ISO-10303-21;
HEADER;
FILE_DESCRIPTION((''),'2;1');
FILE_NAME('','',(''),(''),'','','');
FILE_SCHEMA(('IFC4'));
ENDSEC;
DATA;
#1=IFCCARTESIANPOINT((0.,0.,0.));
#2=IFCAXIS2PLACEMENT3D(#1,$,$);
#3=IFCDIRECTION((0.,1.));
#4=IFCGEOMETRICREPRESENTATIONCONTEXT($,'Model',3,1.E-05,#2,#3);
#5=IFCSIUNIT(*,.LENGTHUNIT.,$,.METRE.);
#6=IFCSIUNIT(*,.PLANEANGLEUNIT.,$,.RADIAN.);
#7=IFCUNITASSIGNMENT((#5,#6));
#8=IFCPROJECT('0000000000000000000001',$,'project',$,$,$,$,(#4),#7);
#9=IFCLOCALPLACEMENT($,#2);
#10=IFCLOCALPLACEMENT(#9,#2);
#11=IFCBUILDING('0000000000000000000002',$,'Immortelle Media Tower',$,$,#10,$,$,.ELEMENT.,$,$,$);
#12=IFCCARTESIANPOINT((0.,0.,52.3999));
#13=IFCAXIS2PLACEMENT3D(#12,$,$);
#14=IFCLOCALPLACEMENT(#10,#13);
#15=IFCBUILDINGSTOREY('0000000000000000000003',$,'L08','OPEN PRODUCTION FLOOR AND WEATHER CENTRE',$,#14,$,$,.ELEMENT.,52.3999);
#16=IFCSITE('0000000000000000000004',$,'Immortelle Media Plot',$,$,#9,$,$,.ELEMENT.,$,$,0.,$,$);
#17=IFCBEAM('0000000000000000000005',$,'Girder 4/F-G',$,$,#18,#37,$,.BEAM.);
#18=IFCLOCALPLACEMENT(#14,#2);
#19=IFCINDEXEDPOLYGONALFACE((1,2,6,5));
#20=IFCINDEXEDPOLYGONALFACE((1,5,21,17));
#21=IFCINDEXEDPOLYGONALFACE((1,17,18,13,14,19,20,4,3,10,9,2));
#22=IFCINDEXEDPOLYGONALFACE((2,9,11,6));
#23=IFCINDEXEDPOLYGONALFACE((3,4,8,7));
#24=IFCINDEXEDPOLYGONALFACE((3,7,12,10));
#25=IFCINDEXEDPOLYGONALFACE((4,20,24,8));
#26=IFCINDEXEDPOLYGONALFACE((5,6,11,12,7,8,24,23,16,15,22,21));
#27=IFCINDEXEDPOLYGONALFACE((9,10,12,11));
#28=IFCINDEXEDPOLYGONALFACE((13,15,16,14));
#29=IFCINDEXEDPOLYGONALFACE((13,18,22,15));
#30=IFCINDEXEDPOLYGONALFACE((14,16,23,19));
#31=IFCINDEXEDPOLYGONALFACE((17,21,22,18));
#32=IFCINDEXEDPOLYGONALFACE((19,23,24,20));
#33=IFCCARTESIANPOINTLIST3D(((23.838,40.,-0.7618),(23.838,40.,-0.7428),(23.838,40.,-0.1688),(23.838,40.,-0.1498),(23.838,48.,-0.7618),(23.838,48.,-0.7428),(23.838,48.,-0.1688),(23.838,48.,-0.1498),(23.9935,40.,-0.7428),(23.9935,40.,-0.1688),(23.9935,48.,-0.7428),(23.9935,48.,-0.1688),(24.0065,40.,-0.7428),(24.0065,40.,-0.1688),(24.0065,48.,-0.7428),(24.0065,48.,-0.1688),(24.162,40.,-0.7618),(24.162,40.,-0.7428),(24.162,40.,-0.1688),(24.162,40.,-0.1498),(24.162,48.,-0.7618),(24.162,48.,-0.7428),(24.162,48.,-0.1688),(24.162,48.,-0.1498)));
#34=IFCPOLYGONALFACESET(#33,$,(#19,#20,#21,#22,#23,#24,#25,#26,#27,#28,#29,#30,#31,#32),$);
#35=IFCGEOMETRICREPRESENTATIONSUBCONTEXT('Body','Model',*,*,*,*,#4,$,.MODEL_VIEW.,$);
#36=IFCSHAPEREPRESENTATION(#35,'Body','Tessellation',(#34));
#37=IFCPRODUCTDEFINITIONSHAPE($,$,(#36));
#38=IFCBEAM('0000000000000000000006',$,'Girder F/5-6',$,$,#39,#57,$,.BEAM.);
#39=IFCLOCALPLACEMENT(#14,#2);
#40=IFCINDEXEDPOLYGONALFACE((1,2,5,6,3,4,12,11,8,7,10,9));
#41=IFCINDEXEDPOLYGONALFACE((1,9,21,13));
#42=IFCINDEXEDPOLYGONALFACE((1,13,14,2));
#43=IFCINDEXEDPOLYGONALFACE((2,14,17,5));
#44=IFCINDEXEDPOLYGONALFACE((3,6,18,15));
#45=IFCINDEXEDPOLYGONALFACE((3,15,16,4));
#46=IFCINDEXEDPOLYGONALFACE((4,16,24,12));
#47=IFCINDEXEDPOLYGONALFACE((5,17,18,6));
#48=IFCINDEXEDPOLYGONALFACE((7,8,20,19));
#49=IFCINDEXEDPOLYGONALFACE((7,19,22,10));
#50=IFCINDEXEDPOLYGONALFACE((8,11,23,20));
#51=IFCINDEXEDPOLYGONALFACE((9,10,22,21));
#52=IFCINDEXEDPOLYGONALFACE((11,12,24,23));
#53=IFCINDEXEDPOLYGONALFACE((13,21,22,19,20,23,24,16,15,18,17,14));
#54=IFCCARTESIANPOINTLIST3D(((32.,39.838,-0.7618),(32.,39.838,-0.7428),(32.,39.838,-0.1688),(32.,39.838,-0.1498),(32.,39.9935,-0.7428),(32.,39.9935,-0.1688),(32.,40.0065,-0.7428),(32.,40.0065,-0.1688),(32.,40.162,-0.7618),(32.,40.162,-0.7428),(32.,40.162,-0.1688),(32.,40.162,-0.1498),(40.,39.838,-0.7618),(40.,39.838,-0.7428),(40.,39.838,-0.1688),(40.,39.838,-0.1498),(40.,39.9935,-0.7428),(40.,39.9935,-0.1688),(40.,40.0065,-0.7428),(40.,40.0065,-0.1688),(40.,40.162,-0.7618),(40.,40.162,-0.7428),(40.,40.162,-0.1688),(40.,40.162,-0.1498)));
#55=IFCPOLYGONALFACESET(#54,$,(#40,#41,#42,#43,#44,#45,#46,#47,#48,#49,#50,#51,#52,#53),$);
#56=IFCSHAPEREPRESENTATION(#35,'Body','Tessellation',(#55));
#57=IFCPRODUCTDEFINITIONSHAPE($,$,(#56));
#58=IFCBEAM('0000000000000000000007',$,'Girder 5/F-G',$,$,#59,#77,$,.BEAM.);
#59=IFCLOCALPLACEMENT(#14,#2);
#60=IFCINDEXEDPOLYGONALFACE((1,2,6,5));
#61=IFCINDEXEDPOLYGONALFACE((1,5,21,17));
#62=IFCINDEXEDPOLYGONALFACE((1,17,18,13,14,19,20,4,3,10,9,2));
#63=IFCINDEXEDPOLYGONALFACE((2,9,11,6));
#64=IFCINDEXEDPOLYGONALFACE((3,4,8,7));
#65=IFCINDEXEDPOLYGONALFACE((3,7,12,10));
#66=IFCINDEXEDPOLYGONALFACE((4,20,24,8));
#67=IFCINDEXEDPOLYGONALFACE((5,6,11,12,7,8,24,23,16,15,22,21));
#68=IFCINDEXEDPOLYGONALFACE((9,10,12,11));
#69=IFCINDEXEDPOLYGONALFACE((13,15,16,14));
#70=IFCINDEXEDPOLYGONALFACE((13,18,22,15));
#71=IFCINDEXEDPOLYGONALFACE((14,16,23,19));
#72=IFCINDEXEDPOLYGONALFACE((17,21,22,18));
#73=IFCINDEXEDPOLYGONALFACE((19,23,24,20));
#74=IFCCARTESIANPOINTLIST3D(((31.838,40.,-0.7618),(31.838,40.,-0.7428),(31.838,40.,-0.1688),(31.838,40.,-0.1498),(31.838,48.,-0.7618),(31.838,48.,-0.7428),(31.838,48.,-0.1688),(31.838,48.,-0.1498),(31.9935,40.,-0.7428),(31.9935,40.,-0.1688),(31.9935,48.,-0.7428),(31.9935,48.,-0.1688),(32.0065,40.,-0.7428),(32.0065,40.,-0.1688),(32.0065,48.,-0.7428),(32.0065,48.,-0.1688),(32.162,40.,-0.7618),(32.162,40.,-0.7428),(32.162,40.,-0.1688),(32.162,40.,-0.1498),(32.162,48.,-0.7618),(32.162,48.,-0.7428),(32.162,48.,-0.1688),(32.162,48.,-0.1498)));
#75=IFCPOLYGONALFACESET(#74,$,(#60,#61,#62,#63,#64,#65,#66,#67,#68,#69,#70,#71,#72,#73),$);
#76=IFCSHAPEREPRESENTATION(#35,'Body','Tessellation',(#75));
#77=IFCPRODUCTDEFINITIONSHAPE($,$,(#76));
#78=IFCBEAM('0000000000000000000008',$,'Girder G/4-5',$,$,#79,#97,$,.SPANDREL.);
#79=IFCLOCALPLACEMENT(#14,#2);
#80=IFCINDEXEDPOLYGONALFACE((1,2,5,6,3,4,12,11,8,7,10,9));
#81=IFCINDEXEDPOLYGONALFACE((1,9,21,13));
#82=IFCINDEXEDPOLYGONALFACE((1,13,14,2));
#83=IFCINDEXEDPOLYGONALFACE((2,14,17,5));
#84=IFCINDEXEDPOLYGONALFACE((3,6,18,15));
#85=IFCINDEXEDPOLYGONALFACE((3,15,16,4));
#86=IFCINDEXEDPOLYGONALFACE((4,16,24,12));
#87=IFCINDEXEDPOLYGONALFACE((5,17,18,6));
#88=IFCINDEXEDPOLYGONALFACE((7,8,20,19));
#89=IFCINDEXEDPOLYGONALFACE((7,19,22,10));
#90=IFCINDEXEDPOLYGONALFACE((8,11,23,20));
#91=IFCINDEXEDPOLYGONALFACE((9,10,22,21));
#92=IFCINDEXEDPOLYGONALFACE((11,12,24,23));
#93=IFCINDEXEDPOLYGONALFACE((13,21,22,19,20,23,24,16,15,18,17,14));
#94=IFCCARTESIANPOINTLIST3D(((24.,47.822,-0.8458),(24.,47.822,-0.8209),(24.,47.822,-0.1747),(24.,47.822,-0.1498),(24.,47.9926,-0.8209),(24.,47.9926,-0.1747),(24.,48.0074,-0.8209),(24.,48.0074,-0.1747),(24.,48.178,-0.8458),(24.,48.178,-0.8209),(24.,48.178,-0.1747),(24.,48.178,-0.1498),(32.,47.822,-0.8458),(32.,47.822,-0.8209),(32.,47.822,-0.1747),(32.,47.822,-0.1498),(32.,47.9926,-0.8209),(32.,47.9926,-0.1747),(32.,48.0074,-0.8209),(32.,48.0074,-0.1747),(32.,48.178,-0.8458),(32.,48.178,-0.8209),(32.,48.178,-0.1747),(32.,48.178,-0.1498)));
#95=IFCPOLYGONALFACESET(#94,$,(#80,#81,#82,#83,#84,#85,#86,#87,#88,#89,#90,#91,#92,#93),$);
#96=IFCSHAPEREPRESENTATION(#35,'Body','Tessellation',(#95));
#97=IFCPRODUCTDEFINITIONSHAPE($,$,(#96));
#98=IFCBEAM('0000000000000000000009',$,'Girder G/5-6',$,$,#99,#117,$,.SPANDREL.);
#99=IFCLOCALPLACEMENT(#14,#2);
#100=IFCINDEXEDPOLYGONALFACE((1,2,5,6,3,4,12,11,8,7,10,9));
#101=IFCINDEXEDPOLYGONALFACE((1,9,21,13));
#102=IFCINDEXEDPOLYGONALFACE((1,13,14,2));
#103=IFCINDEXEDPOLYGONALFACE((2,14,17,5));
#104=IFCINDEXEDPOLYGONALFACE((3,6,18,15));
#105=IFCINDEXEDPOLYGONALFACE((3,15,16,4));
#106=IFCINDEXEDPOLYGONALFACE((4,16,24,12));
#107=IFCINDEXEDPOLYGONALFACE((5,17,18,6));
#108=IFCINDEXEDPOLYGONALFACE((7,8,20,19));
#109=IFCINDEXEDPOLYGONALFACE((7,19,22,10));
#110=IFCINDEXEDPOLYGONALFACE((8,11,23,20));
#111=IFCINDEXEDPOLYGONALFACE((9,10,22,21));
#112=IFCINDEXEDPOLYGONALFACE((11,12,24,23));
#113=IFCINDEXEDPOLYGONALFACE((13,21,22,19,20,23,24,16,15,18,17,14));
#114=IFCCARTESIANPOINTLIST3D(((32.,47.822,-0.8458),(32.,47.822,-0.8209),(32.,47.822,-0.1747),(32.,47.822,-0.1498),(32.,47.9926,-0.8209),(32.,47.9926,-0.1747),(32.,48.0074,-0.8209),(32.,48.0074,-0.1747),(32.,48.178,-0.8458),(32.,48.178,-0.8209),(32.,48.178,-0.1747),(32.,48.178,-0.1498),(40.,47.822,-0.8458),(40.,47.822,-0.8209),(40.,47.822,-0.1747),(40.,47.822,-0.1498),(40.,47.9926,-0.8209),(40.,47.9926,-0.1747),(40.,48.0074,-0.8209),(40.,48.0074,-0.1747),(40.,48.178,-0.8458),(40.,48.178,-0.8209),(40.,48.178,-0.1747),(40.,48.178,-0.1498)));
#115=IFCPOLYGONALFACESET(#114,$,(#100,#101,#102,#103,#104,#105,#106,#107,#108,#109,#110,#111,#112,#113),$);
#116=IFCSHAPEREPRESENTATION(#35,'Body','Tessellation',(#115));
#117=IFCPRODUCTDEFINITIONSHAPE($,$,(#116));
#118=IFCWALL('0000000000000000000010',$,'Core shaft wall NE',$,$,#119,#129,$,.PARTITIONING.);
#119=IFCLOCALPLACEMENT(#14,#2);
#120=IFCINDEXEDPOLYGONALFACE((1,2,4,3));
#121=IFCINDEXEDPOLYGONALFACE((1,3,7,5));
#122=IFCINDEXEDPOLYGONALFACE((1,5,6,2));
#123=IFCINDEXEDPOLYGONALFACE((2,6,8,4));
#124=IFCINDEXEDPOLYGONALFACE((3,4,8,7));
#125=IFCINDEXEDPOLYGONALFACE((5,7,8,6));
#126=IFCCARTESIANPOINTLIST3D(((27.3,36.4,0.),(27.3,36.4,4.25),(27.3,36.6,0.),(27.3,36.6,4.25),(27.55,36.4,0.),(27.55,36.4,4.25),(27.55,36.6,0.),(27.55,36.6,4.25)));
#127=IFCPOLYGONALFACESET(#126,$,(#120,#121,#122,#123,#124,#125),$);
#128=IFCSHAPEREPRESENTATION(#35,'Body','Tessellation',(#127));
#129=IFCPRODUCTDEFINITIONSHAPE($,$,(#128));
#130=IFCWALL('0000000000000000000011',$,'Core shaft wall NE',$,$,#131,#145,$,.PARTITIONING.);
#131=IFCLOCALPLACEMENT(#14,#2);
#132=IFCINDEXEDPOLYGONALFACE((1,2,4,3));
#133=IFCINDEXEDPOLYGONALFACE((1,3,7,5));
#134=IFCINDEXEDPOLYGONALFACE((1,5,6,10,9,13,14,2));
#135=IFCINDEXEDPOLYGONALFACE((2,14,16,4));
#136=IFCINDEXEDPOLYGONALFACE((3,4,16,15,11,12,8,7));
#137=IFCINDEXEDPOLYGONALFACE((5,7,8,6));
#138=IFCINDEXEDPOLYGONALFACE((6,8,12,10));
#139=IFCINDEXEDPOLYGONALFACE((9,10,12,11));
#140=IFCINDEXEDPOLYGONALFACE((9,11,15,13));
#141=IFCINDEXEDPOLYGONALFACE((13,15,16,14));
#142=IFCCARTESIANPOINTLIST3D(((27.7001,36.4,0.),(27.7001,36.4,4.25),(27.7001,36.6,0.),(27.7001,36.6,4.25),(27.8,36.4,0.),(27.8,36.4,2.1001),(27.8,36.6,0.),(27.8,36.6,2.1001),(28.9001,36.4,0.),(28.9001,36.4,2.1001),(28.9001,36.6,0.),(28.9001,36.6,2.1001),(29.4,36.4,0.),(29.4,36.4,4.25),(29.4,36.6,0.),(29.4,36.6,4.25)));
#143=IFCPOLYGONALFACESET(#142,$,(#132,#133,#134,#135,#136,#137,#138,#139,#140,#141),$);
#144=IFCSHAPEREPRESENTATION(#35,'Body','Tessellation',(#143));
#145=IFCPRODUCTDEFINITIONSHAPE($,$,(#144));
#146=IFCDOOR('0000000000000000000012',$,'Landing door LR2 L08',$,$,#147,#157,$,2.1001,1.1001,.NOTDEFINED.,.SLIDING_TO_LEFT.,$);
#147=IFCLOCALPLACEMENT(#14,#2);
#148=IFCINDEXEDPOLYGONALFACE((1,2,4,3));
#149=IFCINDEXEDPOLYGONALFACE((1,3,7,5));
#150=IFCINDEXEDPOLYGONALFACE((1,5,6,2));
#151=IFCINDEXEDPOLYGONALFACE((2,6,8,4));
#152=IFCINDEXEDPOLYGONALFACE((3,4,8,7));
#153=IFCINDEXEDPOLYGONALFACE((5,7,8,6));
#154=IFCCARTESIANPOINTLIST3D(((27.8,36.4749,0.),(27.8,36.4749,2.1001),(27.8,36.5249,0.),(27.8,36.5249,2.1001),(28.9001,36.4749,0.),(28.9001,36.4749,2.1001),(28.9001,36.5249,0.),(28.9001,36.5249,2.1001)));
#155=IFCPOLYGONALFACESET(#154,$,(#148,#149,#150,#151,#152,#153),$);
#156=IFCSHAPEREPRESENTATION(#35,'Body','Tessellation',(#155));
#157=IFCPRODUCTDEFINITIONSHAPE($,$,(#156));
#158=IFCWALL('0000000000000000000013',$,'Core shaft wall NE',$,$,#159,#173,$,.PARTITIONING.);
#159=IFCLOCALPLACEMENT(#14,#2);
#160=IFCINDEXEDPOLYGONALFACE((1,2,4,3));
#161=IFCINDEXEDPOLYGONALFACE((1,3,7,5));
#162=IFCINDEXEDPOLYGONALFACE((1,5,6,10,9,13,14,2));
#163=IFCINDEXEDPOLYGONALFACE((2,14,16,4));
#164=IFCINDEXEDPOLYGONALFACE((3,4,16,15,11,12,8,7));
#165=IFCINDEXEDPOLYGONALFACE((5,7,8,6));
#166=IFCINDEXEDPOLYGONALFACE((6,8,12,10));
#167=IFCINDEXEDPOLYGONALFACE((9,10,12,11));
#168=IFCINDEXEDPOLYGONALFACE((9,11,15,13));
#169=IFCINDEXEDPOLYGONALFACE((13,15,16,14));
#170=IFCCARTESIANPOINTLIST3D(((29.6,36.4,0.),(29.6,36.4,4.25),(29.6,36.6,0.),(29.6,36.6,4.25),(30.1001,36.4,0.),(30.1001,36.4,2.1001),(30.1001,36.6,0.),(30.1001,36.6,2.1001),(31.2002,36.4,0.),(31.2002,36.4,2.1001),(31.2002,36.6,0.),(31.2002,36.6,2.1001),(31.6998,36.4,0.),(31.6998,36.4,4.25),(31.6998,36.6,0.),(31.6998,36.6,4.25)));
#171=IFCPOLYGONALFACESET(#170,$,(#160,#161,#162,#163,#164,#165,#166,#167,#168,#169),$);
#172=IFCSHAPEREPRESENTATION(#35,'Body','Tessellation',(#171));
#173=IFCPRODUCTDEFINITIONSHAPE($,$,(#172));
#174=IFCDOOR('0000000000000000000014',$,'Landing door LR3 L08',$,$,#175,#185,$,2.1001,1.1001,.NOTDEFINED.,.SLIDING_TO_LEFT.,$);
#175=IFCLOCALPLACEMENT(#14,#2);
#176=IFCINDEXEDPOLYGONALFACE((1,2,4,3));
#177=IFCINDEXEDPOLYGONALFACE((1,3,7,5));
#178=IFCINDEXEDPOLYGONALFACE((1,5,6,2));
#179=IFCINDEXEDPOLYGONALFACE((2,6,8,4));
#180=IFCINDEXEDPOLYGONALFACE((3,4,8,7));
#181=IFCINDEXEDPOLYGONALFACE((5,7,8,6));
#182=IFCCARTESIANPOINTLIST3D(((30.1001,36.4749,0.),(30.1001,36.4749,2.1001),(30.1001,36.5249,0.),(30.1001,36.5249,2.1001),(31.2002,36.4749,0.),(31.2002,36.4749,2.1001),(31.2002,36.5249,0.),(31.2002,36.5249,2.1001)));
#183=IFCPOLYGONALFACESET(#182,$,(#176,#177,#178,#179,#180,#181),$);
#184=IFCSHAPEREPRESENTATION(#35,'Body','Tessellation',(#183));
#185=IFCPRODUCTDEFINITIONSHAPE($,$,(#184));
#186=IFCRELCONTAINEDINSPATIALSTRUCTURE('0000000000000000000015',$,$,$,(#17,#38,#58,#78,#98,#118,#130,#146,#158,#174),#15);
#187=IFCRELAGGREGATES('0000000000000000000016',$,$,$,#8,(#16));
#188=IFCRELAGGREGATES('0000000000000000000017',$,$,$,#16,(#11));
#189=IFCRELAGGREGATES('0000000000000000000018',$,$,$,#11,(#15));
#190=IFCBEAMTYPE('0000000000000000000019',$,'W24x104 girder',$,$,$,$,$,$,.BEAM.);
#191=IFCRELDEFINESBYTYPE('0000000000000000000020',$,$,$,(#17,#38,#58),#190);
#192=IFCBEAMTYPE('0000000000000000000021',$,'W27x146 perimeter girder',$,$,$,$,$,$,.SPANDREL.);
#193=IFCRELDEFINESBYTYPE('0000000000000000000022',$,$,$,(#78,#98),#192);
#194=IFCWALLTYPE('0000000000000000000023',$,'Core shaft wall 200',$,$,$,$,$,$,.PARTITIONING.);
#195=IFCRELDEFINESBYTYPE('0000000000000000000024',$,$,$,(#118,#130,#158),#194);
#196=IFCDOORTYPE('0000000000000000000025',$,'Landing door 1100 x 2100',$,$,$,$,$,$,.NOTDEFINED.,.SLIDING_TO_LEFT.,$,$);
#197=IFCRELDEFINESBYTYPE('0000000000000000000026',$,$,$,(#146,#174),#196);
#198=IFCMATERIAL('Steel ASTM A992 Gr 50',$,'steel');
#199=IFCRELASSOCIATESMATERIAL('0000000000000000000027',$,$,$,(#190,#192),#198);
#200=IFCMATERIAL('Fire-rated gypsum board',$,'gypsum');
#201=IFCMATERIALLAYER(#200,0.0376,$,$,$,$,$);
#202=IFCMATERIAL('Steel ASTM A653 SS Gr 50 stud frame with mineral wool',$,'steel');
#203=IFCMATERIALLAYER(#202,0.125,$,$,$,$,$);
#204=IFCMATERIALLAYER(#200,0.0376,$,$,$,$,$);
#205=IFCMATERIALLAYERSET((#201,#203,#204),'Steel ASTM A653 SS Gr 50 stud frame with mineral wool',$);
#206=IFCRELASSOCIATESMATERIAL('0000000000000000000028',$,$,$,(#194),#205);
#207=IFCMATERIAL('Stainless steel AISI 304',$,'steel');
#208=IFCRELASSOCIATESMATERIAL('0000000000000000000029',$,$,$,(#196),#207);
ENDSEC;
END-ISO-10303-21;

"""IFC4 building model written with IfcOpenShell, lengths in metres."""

from ifc_helpers import new_model, si_unit, direction, frame, frame_2d, origin, origin_2d, place, context, subcontext, project, spatial, rectangle, i_section, extrude, material, layer, layer_set, material_profile, profile_set, type_object, element, fill, save


model = new_model("IFC4")

# Units and contexts
model_context = context("Model", 3, precision=1e-05, world=origin(), true_north=direction((0.0, 1.0)))
body_context = subcontext(model_context, "Body", "Model", "MODEL_VIEW")
ifc_project = project(units=[si_unit("LENGTHUNIT", "METRE"), si_unit("PLANEANGLEUNIT", "RADIAN")], contexts=[model_context])

# Site, building, storey
site_placement = place(None, origin())
site = spatial("IfcSite", under=ifc_project, at=site_placement, Name="Immortelle Media Plot", CompositionType="ELEMENT", RefElevation=0.0)
building_placement = place(site_placement, origin())
building = spatial("IfcBuilding", under=site, at=building_placement, Name="Immortelle Media Tower", CompositionType="ELEMENT")
storey_placement = place(building_placement, frame((0.0, 0.0, 52.3999)))
storey = spatial("IfcBuildingStorey", under=building, at=storey_placement, Name="L08", Description="OPEN PRODUCTION FLOOR AND WEATHER CENTRE", CompositionType="ELEMENT", Elevation=52.3999)

# Shared definitions
ifc_material_1 = material(Name="Steel ASTM A992 Gr 50", Category="steel")

# Beams
ifc_material_profile_1 = material_profile(ifc_material_1, i_section(OverallWidth=0.324, OverallDepth=0.6121, WebThickness=0.0129, FlangeThickness=0.019, at=origin_2d()), Name="W24x104")
ifc_profile_set_1 = profile_set([ifc_material_profile_1], Name="Steel ASTM A992 Gr 50")
beam_type_1 = type_object("IfcBeamType", Name="W24x104 girder", PredefinedType="BEAM", material=ifc_profile_set_1)
for number, where, z_axis, x_axis, name in (
    (1, (24.0, 40.0, -0.4558), (0.0, 1.0, 0.0), (-1.0, 0.0, 0.0), "Girder 4/F-G"),
    (2, (32.0, 40.0, -0.4558), (1.0, 0.0, 0.0), (0.0, 1.0, 0.0), "Girder F/5-6"),
    (3, (32.0, 40.0, -0.4558), (0.0, 1.0, 0.0), (-1.0, 0.0, 0.0), "Girder 5/F-G"),
):
    element("IfcBeam", number, at=place(storey_placement, frame(where, z_axis=z_axis, x_axis=x_axis)), inside=storey, type_object=beam_type_1, Name=name, PredefinedType="BEAM", context=body_context, shape_type="SweptSolid", body=[
        extrude(i_section(OverallWidth=0.324, OverallDepth=0.6121, WebThickness=0.0129, FlangeThickness=0.019, at=origin_2d()), origin(), (0.0, 0.0, 1.0), 8.0),
    ])
ifc_material_profile_2 = material_profile(ifc_material_1, i_section(OverallWidth=0.356, OverallDepth=0.696, WebThickness=0.0149, FlangeThickness=0.0249, at=origin_2d()), Name="W27x146")
ifc_profile_set_2 = profile_set([ifc_material_profile_2], Name="Steel ASTM A992 Gr 50")
beam_type_2 = type_object("IfcBeamType", Name="W27x146 perimeter girder", PredefinedType="SPANDREL", material=ifc_profile_set_2)
for number, where, z_axis, x_axis, name in (
    (4, (24.0, 48.0, -0.4978), (1.0, 0.0, 0.0), (0.0, 1.0, 0.0), "Girder G/4-5"),
    (5, (32.0, 48.0, -0.4978), (1.0, 0.0, 0.0), (0.0, 1.0, 0.0), "Girder G/5-6"),
):
    element("IfcBeam", number, at=place(storey_placement, frame(where, z_axis=z_axis, x_axis=x_axis)), inside=storey, type_object=beam_type_2, Name=name, PredefinedType="SPANDREL", context=body_context, shape_type="SweptSolid", body=[
        extrude(i_section(OverallWidth=0.356, OverallDepth=0.696, WebThickness=0.0149, FlangeThickness=0.0249, at=origin_2d()), origin(), (0.0, 0.0, 1.0), 8.0),
    ])

# Wall
ifc_material_2 = material(Name="Fire-rated gypsum board", Category="gypsum")
ifc_layer_1 = layer(ifc_material_2, 0.0376)
ifc_material_3 = material(Name="Steel ASTM A653 SS Gr 50 stud frame with mineral wool", Category="steel")
ifc_layer_2 = layer(ifc_material_3, 0.125)
ifc_layer_3 = layer(ifc_material_2, 0.0376)
ifc_layer_set_1 = layer_set([ifc_layer_1, ifc_layer_2, ifc_layer_3], Name="Steel ASTM A653 SS Gr 50 stud frame with mineral wool")
wall_type_1 = type_object("IfcWallType", Name="Core shaft wall 200", PredefinedType="PARTITIONING", material=ifc_layer_set_1)
wall_1_placement = place(storey_placement, frame((27.3, 36.5, 0.0), z_axis=(0.0, 0.0, 1.0), x_axis=(1.0, 0.0, 0.0)))
element("IfcWall", 6, at=wall_1_placement, inside=storey, type_object=wall_type_1, Name="Core shaft wall NE", PredefinedType="PARTITIONING", context=body_context, shape_type="SweptSolid", body=[
    extrude(rectangle(XDim=0.25, YDim=0.2, at=frame_2d((0.125, 0.0))), origin(), (0.0, 0.0, 1.0), 4.25),
])

# Walls, openings, doors
wall_2_placement = place(storey_placement, frame((27.7, 36.5, 0.0), z_axis=(0.0, 0.0, 1.0), x_axis=(1.0, 0.0, 0.0)))
wall_2 = element("IfcWall", 7, at=wall_2_placement, inside=storey, type_object=wall_type_1, Name="Core shaft wall NE", PredefinedType="PARTITIONING", context=body_context, shape_type="SweptSolid", body=[
    extrude(rectangle(XDim=1.7, YDim=0.2, at=frame_2d((0.8501, 0.0))), origin(), (0.0, 0.0, 1.0), 4.25),
])
opening_1_placement = place(wall_2_placement, frame((0.1001, 0.0, 0.0)))
opening_1 = element("IfcOpeningElement", 8, at=opening_1_placement, cuts=wall_2, PredefinedType="OPENING", context=body_context, shape_type="SweptSolid", body=[
    extrude(rectangle(XDim=1.1001, YDim=2.1001, at=frame_2d((0.55, 1.05))), frame((0.0, 0.1099, 0.0), z_axis=(0.0, -1.0, 0.0), x_axis=(1.0, 0.0, 0.0)), (0.0, 0.0, 1.0), 0.22),
])
ifc_material_4 = material(Name="Stainless steel AISI 304", Category="steel")
door_type_1 = type_object("IfcDoorType", Name="Landing door 1100 x 2100", OperationType="SLIDING_TO_LEFT", PredefinedType="NOTDEFINED", material=ifc_material_4)
door_1_placement = place(opening_1_placement, origin())
door_1 = element("IfcDoor", 9, at=door_1_placement, inside=storey, type_object=door_type_1, Name="Landing door LR2 L08", OperationType="SLIDING_TO_LEFT", OverallHeight=2.1001, OverallWidth=1.1001, PredefinedType="NOTDEFINED", context=body_context, shape_type="SweptSolid", body=[
    extrude(rectangle(XDim=1.1001, YDim=2.1001, at=frame_2d((0.55, 1.05))), frame((0.0, 0.0249, 0.0), z_axis=(0.0, -1.0, 0.0), x_axis=(1.0, 0.0, 0.0)), (0.0, 0.0, 1.0), 0.05),
])
fill(opening_1, door_1)
wall_3_placement = place(storey_placement, frame((29.6001, 36.5, 0.0), z_axis=(0.0, 0.0, 1.0), x_axis=(1.0, 0.0, 0.0)))
wall_3 = element("IfcWall", 10, at=wall_3_placement, inside=storey, type_object=wall_type_1, Name="Core shaft wall NE", PredefinedType="PARTITIONING", context=body_context, shape_type="SweptSolid", body=[
    extrude(rectangle(XDim=2.0999, YDim=0.2, at=frame_2d((1.0498, 0.0))), origin(), (0.0, 0.0, 1.0), 4.25),
])
opening_2_placement = place(wall_3_placement, frame((0.5, 0.0, 0.0)))
opening_2 = element("IfcOpeningElement", 11, at=opening_2_placement, cuts=wall_3, PredefinedType="OPENING", context=body_context, shape_type="SweptSolid", body=[
    extrude(rectangle(XDim=1.1001, YDim=2.1001, at=frame_2d((0.55, 1.05))), frame((0.0, 0.1099, 0.0), z_axis=(0.0, -1.0, 0.0), x_axis=(1.0, 0.0, 0.0)), (0.0, 0.0, 1.0), 0.22),
])
door_2_placement = place(opening_2_placement, origin())
door_2 = element("IfcDoor", 12, at=door_2_placement, inside=storey, type_object=door_type_1, Name="Landing door LR3 L08", OperationType="SLIDING_TO_LEFT", OverallHeight=2.1001, OverallWidth=1.1001, PredefinedType="NOTDEFINED", context=body_context, shape_type="SweptSolid", body=[
    extrude(rectangle(XDim=1.1001, YDim=2.1001, at=frame_2d((0.55, 1.05))), frame((0.0, 0.0249, 0.0), z_axis=(0.0, -1.0, 0.0), x_axis=(1.0, 0.0, 0.0)), (0.0, 0.0, 1.0), 0.05),
])
fill(opening_2, door_2)

save(model, "model.ifc")
